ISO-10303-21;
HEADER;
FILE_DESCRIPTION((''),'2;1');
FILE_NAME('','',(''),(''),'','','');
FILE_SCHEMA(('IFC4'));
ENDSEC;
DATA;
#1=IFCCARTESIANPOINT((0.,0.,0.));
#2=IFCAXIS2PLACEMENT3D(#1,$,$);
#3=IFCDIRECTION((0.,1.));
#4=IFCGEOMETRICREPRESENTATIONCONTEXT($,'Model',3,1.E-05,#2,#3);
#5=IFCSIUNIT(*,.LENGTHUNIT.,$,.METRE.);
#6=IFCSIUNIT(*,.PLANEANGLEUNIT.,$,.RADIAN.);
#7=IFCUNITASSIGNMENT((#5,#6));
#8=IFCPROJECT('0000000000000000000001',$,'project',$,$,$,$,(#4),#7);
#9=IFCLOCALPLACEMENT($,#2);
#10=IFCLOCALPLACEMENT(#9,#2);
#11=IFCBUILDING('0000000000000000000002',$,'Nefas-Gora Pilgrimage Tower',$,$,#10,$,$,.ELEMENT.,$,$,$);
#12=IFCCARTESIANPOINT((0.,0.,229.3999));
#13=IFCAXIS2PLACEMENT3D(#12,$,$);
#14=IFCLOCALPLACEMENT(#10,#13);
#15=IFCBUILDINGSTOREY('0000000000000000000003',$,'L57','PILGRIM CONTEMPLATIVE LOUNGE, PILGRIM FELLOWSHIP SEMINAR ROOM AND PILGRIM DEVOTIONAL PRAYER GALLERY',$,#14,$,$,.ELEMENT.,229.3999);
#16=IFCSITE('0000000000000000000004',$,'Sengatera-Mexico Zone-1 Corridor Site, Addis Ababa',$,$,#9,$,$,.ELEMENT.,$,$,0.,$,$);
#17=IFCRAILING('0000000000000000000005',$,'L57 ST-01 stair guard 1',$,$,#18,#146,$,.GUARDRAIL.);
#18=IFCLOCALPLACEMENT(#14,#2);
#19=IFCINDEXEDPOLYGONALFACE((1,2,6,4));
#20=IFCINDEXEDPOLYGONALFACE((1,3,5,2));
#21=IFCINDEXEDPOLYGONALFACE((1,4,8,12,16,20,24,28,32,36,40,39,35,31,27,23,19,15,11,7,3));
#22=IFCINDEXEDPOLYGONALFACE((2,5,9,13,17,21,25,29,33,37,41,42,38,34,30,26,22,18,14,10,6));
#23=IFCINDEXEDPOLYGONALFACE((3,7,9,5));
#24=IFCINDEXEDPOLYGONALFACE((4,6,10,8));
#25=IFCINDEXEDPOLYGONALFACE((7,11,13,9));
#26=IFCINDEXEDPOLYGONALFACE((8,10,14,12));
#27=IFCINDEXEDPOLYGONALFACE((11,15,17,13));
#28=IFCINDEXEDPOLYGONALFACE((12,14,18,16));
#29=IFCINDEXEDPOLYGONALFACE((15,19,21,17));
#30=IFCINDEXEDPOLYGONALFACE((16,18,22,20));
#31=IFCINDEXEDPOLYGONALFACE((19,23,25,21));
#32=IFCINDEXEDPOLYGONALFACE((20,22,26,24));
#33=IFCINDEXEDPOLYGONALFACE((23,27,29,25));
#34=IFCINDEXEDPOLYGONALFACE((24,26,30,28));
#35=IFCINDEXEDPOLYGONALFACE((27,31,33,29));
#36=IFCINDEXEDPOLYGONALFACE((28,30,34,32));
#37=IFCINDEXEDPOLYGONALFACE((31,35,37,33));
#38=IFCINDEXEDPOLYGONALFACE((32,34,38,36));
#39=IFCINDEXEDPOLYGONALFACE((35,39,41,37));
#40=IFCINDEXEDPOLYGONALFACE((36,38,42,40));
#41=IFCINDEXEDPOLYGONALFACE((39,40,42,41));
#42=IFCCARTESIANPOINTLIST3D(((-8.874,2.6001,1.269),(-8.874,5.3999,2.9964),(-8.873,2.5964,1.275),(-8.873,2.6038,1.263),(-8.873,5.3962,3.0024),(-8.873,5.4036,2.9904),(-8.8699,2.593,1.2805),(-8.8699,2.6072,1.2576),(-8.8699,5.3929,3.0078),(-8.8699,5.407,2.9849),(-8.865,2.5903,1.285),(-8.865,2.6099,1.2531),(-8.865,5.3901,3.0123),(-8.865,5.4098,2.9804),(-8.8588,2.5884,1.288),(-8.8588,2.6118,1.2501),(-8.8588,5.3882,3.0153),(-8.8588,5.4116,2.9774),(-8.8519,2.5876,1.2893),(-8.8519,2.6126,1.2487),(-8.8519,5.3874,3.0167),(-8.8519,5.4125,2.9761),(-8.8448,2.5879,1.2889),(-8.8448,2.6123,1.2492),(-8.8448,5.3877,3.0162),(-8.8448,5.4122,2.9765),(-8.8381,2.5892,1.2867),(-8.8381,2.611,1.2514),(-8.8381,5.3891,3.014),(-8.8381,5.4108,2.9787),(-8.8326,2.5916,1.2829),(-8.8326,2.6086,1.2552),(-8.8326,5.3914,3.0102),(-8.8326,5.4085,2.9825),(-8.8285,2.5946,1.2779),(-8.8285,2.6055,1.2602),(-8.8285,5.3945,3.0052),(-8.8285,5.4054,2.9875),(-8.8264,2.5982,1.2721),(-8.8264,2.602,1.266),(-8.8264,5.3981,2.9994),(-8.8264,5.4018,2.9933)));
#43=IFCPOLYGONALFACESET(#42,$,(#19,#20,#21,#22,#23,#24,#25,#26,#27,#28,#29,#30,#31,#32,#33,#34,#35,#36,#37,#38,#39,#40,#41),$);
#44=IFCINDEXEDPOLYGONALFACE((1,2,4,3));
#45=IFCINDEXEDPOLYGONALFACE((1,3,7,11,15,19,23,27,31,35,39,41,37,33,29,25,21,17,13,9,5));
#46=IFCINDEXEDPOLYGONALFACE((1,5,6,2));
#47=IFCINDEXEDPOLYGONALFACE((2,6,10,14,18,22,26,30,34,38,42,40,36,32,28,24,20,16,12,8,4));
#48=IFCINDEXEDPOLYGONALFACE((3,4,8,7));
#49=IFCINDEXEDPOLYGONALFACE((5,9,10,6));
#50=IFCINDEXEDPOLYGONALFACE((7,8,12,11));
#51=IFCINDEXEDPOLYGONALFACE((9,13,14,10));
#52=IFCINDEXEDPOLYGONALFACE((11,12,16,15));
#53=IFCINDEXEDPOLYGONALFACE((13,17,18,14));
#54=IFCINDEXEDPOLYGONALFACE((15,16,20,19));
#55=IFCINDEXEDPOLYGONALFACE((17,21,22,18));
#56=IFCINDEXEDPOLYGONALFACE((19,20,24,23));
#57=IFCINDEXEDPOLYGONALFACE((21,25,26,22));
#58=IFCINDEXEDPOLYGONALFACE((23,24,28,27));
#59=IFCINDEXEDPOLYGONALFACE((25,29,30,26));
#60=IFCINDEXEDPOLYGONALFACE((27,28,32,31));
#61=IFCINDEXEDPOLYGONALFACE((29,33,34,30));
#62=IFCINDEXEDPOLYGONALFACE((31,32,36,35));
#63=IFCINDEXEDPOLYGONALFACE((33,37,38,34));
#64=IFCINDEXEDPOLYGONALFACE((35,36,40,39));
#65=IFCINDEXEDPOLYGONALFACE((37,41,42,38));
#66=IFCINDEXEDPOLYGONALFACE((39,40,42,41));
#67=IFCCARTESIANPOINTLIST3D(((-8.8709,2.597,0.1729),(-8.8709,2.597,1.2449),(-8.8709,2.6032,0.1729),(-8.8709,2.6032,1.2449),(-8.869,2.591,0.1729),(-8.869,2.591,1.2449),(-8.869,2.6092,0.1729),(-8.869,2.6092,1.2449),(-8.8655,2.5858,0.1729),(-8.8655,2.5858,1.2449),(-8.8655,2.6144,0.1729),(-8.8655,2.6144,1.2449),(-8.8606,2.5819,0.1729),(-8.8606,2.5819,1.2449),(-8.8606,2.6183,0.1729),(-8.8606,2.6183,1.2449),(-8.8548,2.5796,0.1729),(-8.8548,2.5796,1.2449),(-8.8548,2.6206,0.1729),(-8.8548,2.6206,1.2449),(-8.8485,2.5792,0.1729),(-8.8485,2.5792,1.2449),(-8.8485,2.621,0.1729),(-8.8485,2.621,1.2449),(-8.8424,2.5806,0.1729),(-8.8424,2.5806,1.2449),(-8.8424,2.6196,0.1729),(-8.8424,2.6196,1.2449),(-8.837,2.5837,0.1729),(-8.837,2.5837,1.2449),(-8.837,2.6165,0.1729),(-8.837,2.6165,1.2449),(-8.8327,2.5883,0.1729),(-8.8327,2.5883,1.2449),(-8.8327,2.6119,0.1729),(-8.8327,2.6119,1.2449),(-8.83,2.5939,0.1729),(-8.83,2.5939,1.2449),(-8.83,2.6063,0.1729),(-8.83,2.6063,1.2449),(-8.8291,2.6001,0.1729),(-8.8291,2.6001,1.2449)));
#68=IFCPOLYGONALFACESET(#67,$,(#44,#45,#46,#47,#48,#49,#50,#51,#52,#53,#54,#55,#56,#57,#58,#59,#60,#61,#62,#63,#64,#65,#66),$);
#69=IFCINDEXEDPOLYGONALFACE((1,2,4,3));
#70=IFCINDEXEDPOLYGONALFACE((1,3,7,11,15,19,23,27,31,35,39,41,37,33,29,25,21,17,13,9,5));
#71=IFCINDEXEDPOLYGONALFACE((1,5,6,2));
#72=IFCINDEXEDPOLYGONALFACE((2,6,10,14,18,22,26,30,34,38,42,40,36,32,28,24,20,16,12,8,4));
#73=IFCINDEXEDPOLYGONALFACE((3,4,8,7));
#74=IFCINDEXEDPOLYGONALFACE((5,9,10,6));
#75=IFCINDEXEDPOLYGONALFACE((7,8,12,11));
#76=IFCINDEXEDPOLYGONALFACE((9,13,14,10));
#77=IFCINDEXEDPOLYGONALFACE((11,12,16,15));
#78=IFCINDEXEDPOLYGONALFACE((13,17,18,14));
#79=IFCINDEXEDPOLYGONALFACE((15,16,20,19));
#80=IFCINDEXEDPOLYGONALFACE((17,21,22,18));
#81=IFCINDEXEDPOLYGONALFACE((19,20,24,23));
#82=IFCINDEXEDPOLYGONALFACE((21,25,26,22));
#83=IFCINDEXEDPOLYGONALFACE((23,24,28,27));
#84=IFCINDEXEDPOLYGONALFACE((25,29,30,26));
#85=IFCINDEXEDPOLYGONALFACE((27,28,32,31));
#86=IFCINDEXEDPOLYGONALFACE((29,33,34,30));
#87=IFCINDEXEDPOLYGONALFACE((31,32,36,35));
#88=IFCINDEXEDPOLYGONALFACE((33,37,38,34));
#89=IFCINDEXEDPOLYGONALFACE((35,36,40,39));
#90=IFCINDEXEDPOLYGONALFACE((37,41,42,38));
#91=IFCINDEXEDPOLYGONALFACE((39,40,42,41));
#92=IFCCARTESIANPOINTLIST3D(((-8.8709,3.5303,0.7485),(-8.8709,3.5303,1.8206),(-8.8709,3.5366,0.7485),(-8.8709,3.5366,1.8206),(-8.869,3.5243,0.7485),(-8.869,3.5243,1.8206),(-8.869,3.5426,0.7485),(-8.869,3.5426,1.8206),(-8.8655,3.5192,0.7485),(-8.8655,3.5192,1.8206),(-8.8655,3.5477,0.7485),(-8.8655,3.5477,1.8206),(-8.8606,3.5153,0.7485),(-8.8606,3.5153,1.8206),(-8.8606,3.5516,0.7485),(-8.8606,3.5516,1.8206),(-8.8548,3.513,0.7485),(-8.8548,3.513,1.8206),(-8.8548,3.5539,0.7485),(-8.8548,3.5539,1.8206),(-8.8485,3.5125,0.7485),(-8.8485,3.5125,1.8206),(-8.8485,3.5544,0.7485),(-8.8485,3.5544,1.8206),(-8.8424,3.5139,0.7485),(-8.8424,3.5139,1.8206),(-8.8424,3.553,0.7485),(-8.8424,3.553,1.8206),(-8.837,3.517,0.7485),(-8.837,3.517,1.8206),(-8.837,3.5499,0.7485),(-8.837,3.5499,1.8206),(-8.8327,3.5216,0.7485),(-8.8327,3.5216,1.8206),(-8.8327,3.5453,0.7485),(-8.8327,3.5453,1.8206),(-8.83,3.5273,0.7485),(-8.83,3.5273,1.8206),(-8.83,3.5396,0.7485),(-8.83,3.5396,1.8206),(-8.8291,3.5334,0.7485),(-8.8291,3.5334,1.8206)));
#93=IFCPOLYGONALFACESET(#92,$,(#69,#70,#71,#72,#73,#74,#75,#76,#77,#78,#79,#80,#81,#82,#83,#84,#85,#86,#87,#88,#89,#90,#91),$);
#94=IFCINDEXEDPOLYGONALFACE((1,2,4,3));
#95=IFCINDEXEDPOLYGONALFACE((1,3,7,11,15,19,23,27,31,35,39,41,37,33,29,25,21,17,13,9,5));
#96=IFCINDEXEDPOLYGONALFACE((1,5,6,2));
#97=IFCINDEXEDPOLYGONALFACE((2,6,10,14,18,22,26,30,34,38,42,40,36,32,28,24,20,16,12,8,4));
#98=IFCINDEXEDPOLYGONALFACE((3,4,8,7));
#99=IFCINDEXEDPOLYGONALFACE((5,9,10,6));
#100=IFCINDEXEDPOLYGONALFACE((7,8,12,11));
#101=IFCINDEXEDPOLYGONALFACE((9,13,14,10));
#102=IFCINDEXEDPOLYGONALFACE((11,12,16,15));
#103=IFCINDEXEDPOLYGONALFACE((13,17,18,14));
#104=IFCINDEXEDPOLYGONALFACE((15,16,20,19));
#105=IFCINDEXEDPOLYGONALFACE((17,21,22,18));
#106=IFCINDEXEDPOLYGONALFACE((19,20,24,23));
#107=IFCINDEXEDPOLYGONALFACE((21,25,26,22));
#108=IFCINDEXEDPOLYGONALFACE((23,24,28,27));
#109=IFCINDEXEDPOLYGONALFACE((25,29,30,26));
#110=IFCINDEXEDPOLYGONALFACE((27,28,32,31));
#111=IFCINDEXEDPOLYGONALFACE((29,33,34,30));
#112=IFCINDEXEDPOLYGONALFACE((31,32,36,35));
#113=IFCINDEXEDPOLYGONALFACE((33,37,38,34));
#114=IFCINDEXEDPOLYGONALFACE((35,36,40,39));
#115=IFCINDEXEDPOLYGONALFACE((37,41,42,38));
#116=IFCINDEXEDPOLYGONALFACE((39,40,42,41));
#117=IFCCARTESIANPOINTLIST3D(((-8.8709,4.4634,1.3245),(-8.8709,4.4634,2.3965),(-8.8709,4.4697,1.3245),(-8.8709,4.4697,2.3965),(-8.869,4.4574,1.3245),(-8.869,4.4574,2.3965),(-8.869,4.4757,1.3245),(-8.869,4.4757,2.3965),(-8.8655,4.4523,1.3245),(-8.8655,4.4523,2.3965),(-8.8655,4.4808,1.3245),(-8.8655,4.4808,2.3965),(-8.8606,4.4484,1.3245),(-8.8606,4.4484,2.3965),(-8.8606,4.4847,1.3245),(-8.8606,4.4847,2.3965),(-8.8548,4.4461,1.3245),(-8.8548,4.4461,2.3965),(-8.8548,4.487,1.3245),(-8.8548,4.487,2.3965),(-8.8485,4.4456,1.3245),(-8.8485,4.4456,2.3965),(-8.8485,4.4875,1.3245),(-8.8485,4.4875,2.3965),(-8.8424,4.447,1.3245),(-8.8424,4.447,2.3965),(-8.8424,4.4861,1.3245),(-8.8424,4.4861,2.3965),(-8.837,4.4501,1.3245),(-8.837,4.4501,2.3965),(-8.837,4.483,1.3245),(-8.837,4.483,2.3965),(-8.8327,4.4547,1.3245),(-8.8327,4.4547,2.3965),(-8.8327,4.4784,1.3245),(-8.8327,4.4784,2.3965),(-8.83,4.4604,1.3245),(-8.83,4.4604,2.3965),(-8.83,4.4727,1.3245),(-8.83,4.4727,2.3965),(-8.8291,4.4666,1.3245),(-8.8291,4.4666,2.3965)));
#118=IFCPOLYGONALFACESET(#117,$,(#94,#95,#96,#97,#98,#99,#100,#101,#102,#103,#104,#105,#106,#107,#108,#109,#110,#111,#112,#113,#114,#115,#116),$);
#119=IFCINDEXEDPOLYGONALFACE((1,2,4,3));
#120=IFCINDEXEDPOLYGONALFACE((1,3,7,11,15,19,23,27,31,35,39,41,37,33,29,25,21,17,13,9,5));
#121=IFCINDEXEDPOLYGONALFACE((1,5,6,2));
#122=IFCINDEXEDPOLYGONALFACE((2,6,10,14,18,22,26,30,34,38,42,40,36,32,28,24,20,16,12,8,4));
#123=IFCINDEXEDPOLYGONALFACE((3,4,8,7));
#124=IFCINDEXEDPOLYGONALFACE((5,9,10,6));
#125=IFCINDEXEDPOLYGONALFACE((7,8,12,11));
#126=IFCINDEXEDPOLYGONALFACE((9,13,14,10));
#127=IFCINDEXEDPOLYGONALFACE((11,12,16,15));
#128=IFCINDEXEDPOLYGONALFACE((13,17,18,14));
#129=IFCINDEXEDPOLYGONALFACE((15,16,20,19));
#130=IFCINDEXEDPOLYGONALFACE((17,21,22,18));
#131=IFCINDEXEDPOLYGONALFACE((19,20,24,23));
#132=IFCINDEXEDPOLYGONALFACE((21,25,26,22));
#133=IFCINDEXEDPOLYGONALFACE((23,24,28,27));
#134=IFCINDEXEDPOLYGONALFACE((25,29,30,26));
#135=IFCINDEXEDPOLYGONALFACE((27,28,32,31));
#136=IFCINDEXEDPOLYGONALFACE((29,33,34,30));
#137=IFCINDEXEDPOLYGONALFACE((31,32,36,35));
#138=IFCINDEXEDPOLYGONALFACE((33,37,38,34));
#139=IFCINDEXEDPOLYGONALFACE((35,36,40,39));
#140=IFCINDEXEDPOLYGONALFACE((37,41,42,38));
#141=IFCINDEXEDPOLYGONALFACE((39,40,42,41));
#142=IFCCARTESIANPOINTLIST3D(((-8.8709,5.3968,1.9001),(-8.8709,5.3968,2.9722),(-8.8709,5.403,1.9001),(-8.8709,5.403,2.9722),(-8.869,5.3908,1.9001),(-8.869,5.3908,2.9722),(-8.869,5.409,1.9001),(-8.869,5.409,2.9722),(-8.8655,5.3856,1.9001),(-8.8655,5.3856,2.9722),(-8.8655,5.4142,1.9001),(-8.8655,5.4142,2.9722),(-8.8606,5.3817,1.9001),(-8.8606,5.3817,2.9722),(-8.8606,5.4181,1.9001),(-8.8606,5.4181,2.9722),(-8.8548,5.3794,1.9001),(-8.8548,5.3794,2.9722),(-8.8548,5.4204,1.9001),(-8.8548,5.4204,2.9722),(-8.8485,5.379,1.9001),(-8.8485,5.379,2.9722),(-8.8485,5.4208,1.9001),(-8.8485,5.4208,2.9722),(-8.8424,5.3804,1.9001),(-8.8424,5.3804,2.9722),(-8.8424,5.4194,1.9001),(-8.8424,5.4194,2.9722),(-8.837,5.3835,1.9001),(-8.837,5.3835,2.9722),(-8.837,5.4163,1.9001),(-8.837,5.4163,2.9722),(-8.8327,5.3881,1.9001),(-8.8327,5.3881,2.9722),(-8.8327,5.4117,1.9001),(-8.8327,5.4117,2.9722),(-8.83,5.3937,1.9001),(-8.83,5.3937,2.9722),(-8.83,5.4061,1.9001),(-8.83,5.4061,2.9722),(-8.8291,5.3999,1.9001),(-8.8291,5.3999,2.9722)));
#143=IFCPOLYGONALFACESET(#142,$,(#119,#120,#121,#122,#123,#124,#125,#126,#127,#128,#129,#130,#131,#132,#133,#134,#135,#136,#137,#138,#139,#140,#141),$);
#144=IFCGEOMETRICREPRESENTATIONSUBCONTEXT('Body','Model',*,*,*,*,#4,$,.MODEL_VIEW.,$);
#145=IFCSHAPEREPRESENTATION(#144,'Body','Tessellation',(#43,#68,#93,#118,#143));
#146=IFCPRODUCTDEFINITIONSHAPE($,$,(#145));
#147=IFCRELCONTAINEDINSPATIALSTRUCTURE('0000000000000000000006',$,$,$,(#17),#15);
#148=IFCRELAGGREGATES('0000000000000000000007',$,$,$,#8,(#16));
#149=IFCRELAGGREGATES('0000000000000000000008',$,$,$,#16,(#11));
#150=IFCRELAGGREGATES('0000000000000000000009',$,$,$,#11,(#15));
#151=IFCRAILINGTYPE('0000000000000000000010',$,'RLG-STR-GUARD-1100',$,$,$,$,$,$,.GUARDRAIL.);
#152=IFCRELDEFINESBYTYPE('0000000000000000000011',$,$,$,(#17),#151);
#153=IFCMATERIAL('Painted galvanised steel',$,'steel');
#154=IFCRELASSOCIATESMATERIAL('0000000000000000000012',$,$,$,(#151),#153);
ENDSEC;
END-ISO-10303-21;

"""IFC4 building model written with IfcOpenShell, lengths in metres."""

from ifc_helpers import new_model, si_unit, direction, frame, origin, origin_2d, place, context, subcontext, project, spatial, circle, extrude, material, type_object, element, save


model = new_model("IFC4")

# Units and contexts
model_context = context("Model", 3, precision=1e-05, world=origin(), true_north=direction((0.0, 1.0)))
body_context = subcontext(model_context, "Body", "Model", "MODEL_VIEW")
ifc_project = project(units=[si_unit("LENGTHUNIT", "METRE"), si_unit("PLANEANGLEUNIT", "RADIAN")], contexts=[model_context])

# Site, building, storey
site_placement = place(None, origin())
site = spatial("IfcSite", under=ifc_project, at=site_placement, Name="Sengatera-Mexico Zone-1 Corridor Site, Addis Ababa", CompositionType="ELEMENT", RefElevation=0.0)
building_placement = place(site_placement, origin())
building = spatial("IfcBuilding", under=site, at=building_placement, Name="Nefas-Gora Pilgrimage Tower", CompositionType="ELEMENT")
storey_placement = place(building_placement, frame((0.0, 0.0, 229.3999)))
storey = spatial("IfcBuildingStorey", under=building, at=storey_placement, Name="L57", Description="PILGRIM CONTEMPLATIVE LOUNGE, PILGRIM FELLOWSHIP SEMINAR ROOM AND PILGRIM DEVOTIONAL PRAYER GALLERY", CompositionType="ELEMENT", Elevation=229.3999)

# Railing
ifc_material_1 = material(Name="Painted galvanised steel", Category="steel")
railing_type_1 = type_object("IfcRailingType", Name="RLG-STR-GUARD-1100", PredefinedType="GUARDRAIL", material=ifc_material_1)
railing_1_placement = place(storey_placement, frame((-8.8501, 2.6001, 0.1729)))
element("IfcRailing", 1, at=railing_1_placement, inside=storey, type_object=railing_type_1, Name="L57 ST-01 stair guard 1", PredefinedType="GUARDRAIL", context=body_context, shape_type="SweptSolid", body=[
    extrude(circle(Radius=0.0239, at=origin_2d()), frame((0.0, 0.0, 1.0962), z_axis=(0.0, 0.851069, 0.525054), x_axis=(-1.0, 0.0, 0.0)), (0.0, 0.0, 1.0), 3.2898),
    extrude(circle(Radius=0.021, at=origin_2d()), origin(), (0.0, 0.0, 1.0), 1.072),
    extrude(circle(Radius=0.021, at=origin_2d()), frame((0.0, 0.9333, 0.5757)), (0.0, 0.0, 1.0), 1.072),
    extrude(circle(Radius=0.021, at=origin_2d()), frame((0.0, 1.8665, 1.1516)), (0.0, 0.0, 1.0), 1.072),
    extrude(circle(Radius=0.021, at=origin_2d()), frame((0.0, 2.7998, 1.7273)), (0.0, 0.0, 1.0), 1.072),
])

save(model, "model.ifc")
